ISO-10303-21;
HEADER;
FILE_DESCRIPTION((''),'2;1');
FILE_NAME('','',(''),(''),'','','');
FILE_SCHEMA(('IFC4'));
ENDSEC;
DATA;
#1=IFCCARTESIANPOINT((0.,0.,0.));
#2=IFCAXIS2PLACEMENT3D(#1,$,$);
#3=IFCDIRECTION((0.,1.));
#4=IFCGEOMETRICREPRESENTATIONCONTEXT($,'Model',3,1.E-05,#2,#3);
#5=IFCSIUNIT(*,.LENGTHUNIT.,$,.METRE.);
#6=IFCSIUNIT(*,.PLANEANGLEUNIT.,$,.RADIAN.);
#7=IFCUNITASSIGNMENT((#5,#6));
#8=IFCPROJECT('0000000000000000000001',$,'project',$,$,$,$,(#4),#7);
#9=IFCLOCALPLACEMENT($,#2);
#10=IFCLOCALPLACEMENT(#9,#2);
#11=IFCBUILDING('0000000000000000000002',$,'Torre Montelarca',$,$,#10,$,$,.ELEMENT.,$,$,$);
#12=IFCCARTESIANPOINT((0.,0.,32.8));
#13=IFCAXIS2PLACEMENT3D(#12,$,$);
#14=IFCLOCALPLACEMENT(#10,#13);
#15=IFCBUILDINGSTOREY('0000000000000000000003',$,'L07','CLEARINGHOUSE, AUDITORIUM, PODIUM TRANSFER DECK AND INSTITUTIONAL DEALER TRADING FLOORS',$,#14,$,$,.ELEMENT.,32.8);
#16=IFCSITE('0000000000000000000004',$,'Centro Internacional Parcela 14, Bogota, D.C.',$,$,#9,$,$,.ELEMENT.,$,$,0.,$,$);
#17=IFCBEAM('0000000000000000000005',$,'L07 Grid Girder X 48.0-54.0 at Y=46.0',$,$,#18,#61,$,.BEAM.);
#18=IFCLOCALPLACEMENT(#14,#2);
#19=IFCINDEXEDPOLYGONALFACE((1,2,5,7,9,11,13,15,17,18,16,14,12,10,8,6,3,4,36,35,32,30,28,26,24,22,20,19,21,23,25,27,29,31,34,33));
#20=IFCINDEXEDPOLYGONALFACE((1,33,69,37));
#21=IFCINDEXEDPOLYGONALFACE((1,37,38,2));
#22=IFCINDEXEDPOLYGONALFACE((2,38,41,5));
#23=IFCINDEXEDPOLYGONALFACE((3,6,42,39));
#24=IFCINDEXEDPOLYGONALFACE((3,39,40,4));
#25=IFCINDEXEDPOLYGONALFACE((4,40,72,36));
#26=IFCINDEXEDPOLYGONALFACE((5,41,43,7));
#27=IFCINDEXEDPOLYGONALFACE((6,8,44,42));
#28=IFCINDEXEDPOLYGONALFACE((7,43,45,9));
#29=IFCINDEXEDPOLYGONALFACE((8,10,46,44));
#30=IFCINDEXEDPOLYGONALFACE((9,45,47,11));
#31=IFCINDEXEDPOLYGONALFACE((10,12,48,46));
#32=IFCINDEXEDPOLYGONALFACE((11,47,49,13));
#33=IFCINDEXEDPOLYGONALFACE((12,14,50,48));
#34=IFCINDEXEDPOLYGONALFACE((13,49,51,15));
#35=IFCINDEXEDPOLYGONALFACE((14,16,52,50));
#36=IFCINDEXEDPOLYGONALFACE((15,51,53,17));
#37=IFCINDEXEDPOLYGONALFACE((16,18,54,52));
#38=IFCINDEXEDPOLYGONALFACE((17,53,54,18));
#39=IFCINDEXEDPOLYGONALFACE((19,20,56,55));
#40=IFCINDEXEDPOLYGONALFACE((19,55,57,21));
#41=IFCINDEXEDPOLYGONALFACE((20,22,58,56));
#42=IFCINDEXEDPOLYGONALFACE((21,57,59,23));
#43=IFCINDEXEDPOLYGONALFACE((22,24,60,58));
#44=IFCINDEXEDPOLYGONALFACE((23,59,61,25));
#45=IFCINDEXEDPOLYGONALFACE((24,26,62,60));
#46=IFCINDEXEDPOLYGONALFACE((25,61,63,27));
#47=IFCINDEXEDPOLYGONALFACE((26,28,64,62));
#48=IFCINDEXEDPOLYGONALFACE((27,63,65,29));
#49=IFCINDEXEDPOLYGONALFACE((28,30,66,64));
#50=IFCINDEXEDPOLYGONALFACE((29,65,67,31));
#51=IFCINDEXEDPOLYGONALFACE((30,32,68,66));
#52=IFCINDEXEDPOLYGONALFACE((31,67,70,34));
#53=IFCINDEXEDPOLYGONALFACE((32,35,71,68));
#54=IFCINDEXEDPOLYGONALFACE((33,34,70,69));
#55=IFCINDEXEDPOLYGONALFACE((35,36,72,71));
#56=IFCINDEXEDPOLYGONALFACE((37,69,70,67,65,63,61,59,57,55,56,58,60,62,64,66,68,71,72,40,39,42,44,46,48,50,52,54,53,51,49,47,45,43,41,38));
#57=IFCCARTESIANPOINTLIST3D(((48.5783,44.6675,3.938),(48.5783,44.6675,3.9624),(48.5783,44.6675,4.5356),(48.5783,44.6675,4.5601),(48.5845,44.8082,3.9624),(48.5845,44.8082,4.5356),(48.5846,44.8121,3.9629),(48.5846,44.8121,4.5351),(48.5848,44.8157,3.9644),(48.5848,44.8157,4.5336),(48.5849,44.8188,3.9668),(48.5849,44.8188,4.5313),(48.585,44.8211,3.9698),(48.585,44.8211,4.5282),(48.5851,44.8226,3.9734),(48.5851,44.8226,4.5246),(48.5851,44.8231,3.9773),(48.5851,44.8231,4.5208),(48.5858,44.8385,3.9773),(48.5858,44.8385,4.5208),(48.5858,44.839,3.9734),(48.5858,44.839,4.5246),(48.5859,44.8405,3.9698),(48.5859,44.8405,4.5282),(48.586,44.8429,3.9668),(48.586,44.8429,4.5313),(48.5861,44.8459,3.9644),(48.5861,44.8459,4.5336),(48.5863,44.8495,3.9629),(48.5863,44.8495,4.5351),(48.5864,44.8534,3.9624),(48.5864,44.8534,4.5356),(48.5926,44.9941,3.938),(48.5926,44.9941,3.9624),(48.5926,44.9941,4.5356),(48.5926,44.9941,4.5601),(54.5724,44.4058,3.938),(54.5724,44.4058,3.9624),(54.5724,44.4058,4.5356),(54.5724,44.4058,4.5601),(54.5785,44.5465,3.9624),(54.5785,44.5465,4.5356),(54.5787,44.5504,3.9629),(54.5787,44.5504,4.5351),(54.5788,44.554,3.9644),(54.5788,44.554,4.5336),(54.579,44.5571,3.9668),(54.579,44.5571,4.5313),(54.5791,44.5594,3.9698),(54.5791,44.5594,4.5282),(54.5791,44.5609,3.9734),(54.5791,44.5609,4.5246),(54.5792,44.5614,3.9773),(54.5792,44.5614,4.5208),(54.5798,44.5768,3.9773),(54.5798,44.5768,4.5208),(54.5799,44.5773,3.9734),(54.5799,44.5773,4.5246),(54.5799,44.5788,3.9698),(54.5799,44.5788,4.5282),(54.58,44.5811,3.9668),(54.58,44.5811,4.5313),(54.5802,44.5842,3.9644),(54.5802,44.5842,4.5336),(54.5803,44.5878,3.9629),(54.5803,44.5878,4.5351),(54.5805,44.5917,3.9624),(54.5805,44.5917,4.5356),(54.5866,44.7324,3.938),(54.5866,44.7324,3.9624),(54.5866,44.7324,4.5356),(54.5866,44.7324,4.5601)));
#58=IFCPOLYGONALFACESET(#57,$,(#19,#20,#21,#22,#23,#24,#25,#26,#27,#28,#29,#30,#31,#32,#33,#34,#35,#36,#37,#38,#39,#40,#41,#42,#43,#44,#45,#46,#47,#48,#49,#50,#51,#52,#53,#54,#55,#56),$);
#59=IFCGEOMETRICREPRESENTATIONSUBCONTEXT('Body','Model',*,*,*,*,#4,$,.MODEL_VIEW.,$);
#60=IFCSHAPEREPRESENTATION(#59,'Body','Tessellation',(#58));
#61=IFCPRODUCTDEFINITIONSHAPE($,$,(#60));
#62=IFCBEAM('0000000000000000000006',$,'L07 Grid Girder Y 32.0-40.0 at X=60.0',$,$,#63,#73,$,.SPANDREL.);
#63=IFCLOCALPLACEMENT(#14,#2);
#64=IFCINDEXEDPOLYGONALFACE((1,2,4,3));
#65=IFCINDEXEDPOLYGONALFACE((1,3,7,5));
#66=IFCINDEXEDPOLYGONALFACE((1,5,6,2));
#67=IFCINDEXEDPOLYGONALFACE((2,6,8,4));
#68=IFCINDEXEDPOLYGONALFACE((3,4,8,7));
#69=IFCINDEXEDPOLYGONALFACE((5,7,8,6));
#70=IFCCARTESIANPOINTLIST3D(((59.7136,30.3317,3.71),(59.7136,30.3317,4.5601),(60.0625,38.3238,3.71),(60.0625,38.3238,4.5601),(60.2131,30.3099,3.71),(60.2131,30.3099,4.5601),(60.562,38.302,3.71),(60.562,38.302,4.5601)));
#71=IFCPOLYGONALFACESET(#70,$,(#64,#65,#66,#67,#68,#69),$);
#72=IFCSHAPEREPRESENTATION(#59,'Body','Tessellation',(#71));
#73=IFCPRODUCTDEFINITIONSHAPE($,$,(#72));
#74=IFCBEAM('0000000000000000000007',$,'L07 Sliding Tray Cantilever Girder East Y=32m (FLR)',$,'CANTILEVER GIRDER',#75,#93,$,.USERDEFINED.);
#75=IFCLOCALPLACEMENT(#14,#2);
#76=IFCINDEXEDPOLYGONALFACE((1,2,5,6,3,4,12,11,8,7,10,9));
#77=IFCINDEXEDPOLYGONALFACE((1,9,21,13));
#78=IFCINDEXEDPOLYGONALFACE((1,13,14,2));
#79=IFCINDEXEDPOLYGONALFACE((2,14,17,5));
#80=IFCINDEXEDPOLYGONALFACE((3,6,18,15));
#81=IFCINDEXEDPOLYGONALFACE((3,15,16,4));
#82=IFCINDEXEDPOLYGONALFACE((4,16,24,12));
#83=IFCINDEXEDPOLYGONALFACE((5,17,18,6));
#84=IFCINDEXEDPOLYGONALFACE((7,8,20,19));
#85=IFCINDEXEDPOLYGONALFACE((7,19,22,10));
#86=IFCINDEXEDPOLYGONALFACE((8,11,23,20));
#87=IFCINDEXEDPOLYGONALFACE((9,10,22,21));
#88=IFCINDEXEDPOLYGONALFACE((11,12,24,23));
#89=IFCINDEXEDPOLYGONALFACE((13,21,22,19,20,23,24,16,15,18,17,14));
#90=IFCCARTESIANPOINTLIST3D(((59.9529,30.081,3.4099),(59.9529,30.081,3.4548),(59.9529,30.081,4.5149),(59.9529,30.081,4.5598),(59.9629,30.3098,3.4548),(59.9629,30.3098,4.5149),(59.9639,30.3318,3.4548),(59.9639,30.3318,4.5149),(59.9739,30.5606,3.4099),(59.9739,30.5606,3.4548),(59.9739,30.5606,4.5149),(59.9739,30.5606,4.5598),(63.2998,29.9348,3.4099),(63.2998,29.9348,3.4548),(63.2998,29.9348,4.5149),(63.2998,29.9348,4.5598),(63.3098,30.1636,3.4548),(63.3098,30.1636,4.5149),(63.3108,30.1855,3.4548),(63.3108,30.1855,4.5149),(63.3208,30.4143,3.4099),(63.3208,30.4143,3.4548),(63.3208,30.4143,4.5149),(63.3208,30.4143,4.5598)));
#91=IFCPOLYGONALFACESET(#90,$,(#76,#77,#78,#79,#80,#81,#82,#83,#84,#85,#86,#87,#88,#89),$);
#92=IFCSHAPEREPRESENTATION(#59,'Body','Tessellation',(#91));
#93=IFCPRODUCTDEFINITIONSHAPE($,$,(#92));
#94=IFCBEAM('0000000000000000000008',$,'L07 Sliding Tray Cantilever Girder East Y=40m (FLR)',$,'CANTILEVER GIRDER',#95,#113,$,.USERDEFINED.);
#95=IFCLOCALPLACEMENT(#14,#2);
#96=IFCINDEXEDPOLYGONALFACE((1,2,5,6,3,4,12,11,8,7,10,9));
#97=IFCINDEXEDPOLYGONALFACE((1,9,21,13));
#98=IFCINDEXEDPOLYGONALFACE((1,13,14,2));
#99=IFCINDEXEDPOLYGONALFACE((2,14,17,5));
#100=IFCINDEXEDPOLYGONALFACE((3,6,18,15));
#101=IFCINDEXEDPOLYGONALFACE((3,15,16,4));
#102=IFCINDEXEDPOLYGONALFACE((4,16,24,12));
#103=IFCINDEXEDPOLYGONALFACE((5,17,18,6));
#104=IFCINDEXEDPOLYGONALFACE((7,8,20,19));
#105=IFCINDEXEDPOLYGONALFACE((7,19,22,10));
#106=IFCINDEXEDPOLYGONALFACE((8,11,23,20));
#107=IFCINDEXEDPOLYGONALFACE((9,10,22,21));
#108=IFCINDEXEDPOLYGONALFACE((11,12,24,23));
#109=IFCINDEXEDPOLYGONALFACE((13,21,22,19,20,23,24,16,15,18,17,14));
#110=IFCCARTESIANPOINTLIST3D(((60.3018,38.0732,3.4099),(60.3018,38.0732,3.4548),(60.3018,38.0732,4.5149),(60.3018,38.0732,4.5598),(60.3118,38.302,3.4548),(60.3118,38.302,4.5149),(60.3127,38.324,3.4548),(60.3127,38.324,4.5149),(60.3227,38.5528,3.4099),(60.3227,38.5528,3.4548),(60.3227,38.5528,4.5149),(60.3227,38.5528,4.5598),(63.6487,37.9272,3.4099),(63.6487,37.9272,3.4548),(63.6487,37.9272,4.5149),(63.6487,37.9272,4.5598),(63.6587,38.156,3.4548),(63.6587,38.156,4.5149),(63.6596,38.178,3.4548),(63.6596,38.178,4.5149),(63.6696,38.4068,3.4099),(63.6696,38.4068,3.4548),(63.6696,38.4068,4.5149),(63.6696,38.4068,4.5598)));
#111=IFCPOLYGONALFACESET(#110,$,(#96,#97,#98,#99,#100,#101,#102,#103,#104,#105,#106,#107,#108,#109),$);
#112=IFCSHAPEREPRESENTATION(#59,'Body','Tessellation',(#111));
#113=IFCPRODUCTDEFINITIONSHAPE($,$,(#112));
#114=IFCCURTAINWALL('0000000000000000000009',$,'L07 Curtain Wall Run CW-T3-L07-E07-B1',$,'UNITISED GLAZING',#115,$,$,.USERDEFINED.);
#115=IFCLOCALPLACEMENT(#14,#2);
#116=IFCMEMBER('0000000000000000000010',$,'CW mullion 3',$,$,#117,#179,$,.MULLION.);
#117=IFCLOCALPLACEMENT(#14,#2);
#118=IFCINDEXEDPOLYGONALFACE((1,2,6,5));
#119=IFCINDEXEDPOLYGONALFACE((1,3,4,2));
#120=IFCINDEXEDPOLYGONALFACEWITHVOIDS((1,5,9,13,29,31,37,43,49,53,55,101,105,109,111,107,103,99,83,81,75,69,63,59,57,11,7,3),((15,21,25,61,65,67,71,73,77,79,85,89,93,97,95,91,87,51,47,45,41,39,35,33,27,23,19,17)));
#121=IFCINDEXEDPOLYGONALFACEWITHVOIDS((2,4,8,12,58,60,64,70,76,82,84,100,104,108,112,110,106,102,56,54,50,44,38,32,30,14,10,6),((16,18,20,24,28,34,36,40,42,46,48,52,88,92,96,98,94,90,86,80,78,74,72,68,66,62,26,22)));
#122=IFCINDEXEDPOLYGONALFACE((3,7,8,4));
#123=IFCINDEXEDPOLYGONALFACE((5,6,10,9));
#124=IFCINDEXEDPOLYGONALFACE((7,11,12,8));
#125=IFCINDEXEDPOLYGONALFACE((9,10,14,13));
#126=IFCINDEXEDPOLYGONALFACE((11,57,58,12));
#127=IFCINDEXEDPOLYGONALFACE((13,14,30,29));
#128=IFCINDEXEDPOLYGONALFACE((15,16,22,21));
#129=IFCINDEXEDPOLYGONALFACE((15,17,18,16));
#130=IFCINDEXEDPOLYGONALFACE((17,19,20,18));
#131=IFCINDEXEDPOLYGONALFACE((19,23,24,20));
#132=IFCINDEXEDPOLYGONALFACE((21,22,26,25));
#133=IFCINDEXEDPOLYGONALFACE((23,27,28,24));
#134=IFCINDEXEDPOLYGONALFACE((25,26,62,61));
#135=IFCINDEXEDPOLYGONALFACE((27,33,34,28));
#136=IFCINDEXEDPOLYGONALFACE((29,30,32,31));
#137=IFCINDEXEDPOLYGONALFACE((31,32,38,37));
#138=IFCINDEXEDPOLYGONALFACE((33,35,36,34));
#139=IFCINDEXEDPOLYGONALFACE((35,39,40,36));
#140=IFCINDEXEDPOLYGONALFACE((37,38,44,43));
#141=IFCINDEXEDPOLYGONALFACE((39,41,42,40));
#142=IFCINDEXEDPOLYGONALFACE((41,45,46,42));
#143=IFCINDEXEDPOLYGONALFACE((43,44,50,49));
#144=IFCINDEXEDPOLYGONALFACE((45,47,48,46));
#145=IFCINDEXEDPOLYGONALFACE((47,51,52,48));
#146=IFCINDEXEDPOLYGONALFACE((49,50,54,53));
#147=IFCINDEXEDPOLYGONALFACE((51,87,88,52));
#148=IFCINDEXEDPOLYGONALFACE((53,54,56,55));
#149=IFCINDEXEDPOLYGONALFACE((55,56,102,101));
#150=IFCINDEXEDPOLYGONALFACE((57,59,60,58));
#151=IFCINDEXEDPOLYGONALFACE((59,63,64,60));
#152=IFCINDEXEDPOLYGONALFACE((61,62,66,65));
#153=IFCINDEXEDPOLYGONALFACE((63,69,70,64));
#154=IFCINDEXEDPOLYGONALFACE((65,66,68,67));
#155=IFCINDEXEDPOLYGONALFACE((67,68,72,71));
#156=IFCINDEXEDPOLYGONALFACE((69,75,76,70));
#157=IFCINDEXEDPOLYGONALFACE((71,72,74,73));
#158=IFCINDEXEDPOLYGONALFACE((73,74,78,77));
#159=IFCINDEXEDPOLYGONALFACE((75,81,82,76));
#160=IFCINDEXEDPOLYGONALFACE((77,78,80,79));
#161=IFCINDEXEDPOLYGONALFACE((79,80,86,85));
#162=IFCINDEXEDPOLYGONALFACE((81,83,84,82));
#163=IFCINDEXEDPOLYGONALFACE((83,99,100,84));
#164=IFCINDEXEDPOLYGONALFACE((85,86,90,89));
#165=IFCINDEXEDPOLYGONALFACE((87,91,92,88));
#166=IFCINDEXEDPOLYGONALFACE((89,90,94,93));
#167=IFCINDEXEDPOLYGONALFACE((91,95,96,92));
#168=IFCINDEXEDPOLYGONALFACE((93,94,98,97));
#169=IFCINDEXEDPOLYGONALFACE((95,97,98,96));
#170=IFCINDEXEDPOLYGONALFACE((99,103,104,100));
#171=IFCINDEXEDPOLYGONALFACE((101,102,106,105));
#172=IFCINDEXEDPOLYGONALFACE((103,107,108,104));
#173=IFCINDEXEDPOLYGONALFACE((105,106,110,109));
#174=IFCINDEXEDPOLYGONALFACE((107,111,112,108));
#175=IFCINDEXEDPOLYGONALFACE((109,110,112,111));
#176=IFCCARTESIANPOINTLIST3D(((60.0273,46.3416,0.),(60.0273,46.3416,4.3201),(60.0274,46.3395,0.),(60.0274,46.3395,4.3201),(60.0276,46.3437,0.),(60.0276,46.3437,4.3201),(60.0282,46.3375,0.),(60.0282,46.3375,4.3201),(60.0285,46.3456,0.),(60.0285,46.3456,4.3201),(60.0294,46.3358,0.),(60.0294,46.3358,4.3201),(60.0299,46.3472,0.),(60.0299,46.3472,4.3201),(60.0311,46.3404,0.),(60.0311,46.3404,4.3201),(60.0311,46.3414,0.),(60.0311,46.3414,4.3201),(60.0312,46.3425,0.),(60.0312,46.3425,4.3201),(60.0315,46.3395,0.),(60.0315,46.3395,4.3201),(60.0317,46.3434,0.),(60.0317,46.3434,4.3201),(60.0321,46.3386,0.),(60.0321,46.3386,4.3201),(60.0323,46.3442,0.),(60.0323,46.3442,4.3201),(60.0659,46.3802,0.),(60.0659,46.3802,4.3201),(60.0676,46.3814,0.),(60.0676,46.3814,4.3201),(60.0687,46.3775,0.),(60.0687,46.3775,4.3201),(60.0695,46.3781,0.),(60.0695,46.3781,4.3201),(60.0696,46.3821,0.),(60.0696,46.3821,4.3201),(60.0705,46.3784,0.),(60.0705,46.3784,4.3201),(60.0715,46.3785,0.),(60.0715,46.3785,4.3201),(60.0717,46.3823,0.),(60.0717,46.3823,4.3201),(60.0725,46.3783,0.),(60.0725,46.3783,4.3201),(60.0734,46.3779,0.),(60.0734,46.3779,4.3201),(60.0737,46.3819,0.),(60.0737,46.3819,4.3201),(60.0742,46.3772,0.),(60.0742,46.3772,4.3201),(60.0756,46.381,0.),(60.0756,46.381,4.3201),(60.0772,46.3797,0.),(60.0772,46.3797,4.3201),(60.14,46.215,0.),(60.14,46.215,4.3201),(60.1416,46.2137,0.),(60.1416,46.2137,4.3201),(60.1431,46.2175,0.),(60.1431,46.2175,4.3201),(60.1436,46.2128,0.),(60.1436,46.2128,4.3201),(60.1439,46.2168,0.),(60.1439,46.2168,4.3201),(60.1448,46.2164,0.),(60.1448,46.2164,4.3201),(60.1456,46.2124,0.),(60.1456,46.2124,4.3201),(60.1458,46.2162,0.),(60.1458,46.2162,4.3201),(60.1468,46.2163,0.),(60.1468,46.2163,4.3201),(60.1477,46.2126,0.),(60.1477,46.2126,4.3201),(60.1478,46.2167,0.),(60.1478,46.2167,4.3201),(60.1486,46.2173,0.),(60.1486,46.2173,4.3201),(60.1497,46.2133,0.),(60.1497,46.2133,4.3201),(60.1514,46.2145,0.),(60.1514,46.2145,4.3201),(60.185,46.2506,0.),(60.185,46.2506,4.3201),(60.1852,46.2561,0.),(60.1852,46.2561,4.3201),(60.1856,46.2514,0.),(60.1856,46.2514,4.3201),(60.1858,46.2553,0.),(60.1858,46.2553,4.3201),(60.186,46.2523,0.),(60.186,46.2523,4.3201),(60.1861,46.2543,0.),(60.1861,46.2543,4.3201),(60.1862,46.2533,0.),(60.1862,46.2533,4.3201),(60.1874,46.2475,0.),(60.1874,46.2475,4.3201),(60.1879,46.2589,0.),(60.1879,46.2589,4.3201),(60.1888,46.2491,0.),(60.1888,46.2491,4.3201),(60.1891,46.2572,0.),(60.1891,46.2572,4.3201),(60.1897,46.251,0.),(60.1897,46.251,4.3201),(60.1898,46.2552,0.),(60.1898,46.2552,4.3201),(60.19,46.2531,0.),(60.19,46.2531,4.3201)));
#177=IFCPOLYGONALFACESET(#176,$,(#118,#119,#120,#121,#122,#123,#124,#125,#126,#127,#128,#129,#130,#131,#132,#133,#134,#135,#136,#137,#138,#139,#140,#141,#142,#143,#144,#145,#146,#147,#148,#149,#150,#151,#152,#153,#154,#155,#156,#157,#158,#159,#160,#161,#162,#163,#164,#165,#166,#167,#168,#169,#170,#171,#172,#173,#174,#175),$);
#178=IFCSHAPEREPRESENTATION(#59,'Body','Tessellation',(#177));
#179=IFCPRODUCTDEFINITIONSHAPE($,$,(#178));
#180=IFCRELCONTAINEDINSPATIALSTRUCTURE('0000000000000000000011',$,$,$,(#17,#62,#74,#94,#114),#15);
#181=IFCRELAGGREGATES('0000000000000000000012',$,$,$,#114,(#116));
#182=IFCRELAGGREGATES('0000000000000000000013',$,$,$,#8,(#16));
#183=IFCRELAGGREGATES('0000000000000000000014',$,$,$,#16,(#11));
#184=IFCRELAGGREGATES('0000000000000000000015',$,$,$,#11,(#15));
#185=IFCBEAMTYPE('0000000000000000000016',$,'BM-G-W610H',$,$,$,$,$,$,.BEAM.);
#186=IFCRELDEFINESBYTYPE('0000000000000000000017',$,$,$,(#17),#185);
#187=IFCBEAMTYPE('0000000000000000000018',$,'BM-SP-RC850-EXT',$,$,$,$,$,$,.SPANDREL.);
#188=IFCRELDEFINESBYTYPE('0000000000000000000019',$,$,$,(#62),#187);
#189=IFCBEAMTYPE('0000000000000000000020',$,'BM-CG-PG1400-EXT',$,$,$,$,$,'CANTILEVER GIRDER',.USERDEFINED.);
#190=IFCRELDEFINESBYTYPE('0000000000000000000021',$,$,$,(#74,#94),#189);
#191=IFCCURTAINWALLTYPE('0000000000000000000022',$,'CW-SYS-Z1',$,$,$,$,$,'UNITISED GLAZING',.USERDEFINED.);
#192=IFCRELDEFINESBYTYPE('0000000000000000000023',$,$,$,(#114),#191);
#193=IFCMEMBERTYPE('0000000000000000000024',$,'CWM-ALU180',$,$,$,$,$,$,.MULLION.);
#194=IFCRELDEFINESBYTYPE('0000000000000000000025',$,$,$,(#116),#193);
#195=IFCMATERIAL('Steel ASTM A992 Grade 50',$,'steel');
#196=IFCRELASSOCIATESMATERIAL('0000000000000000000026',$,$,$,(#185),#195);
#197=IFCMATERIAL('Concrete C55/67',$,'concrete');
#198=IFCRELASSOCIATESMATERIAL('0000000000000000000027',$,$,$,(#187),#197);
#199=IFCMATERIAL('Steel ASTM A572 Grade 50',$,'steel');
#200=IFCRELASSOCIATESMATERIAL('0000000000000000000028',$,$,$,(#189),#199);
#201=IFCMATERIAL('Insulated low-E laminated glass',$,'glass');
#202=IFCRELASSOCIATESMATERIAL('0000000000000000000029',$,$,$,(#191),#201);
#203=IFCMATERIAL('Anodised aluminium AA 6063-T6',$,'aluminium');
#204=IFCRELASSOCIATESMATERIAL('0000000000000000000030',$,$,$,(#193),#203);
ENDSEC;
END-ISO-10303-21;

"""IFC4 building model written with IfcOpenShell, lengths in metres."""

from ifc_helpers import new_model, si_unit, direction, frame, origin, origin_2d, place, context, subcontext, project, spatial, rectangle, hollow_rectangle, i_section, extrude, source, transform, mapped, material, material_profile, profile_set, type_object, element, aggregate, save


model = new_model("IFC4")

# Units and contexts
model_context = context("Model", 3, precision=1e-05, world=origin(), true_north=direction((0.0, 1.0)))
body_context = subcontext(model_context, "Body", "Model", "MODEL_VIEW")
ifc_project = project(units=[si_unit("LENGTHUNIT", "METRE"), si_unit("PLANEANGLEUNIT", "RADIAN")], contexts=[model_context])

# Site, building, storey
site_placement = place(None, origin())
site = spatial("IfcSite", under=ifc_project, at=site_placement, Name="Centro Internacional Parcela 14, Bogota, D.C.", CompositionType="ELEMENT", RefElevation=0.0)
building_placement = place(site_placement, origin())
building = spatial("IfcBuilding", under=site, at=building_placement, Name="Torre Montelarca", CompositionType="ELEMENT")
storey_placement = place(building_placement, frame((0.0, 0.0, 32.8)))
storey = spatial("IfcBuildingStorey", under=building, at=storey_placement, Name="L07", Description="CLEARINGHOUSE, AUDITORIUM, PODIUM TRANSFER DECK AND INSTITUTIONAL DEALER TRADING FLOORS", CompositionType="ELEMENT", Elevation=32.8)

# Shared definitions
ifc_material_1 = material(Name="Steel ASTM A992 Grade 50", Category="steel")

# Beams
ifc_material_profile_1 = material_profile(ifc_material_1, i_section(OverallWidth=0.3269, OverallDepth=0.6221, WebThickness=0.0154, FlangeThickness=0.0244, FilletRadius=0.0149, at=origin_2d()), Name="W610X195", Category="steel")
ifc_profile_set_1 = profile_set([ifc_material_profile_1], Name="Steel ASTM A992 Grade 50")
beam_type_1 = type_object("IfcBeamType", Name="BM-G-W610H", PredefinedType="BEAM", material=ifc_profile_set_1)
shared_shape_1 = source(origin(), body_context, "Body", "SweptSolid", [
    extrude(i_section(OverallWidth=0.3269, OverallDepth=0.6221, WebThickness=0.0154, FlangeThickness=0.0244, FilletRadius=0.0149, at=origin_2d()), origin(), (0.0, 0.0, 1.0), 5.9998),
])
for number, where, z_axis, x_axis, name in (
    (1, (48.5854, 44.8308, 4.249), (0.999048, -0.043621, 0.0), (0.043621, 0.999048, 0.0), "L07 Grid Girder X 48.0-54.0 at Y=46.0"),
):
    element("IfcBeam", number, at=place(storey_placement, frame(where, z_axis=z_axis, x_axis=x_axis)), inside=storey, type_object=beam_type_1, Name=name, PredefinedType="BEAM", context=body_context, shape_type="MappedRepresentation", body=[
        mapped(shared_shape_1, transform((0.0, 0.0, 0.0), scale=1.0)),
    ])
ifc_material_2 = material(Name="Concrete C55/67", Category="concrete")
ifc_material_profile_2 = material_profile(ifc_material_2, rectangle(XDim=0.5, YDim=0.8501, at=origin_2d()), Name="RCB500X850", Category="concrete")
ifc_profile_set_2 = profile_set([ifc_material_profile_2], Name="Concrete C55/67")
beam_type_2 = type_object("IfcBeamType", Name="BM-SP-RC850-EXT", PredefinedType="SPANDREL", material=ifc_profile_set_2)
shared_shape_2 = source(origin(), body_context, "Body", "SweptSolid", [
    extrude(rectangle(XDim=0.5, YDim=0.8501, at=origin_2d()), origin(), (0.0, 0.0, 1.0), 7.9998),
])
beam_placement = place(storey_placement, frame((59.9634, 30.3208, 4.135), z_axis=(0.043611, 0.999049, 0.0), x_axis=(-0.999049, 0.043611, 0.0)))
element("IfcBeam", 2, at=beam_placement, inside=storey, type_object=beam_type_2, Name="L07 Grid Girder Y 32.0-40.0 at X=60.0", PredefinedType="SPANDREL", context=body_context, shape_type="MappedRepresentation", body=[
    mapped(shared_shape_2, transform((0.0, 0.0, 0.0), scale=1.0)),
])
ifc_material_3 = material(Name="Steel ASTM A572 Grade 50", Category="steel")
ifc_material_profile_3 = material_profile(ifc_material_3, i_section(OverallWidth=0.48, OverallDepth=1.1499, WebThickness=0.022, FlangeThickness=0.0449, at=origin_2d()), Name="PG1150X480X22X45", Category="steel")
ifc_profile_set_3 = profile_set([ifc_material_profile_3], Name="Steel ASTM A572 Grade 50")
beam_type_3 = type_object("IfcBeamType", Name="BM-CG-PG1400-EXT", ElementType="CANTILEVER GIRDER", PredefinedType="USERDEFINED", material=ifc_profile_set_3)
shared_shape_3 = source(origin(), body_context, "Body", "SweptSolid", [
    extrude(i_section(OverallWidth=0.48, OverallDepth=1.1499, WebThickness=0.022, FlangeThickness=0.0449, at=origin_2d()), origin(), (0.0, 0.0, 1.0), 3.3501),
])
for number, where, z_axis, x_axis, name in (
    (3, (59.9634, 30.3208, 3.9849), (0.999047, -0.043652, 0.0), (0.043652, 0.999047, 0.0), "L07 Sliding Tray Cantilever Girder East Y=32m (FLR)"),
    (4, (60.3123, 38.313, 3.9849), (0.99905, -0.04358, 0.0), (0.04358, 0.99905, 0.0), "L07 Sliding Tray Cantilever Girder East Y=40m (FLR)"),
):
    element("IfcBeam", number, at=place(storey_placement, frame(where, z_axis=z_axis, x_axis=x_axis)), inside=storey, type_object=beam_type_3, Name=name, ObjectType="CANTILEVER GIRDER", PredefinedType="USERDEFINED", context=body_context, shape_type="MappedRepresentation", body=[
        mapped(shared_shape_3, transform((0.0, 0.0, 0.0), scale=1.0)),
    ])

# Curtain wall, member
ifc_material_4 = material(Name="Insulated low-E laminated glass", Category="glass")
curtain_wall_type = type_object("IfcCurtainWallType", Name="CW-SYS-Z1", ElementType="UNITISED GLAZING", PredefinedType="USERDEFINED", material=ifc_material_4)
curtain_wall_1_placement = place(storey_placement, origin())
curtain_wall_1 = element("IfcCurtainWall", 5, at=curtain_wall_1_placement, inside=storey, type_object=curtain_wall_type, Name="L07 Curtain Wall Run CW-T3-L07-E07-B1", ObjectType="UNITISED GLAZING", PredefinedType="USERDEFINED")
ifc_material_5 = material(Name="Anodised aluminium AA 6063-T6", Category="aluminium")
ifc_material_profile_4 = material_profile(ifc_material_5, hollow_rectangle(XDim=0.0649, YDim=0.1799, WallThickness=0.0039, InnerFilletRadius=0.0039, OuterFilletRadius=0.0081, at=origin_2d()), Name="ALU65X180X4", Category="aluminium")
ifc_profile_set_4 = profile_set([ifc_material_profile_4], Name="Anodised aluminium AA 6063-T6")
member_type_1 = type_object("IfcMemberType", Name="CWM-ALU180", PredefinedType="MULLION", material=ifc_profile_set_4)
shared_shape_4 = source(origin(), body_context, "Body", "SweptSolid", [
    extrude(hollow_rectangle(XDim=0.0649, YDim=0.1799, WallThickness=0.0039, InnerFilletRadius=0.0039, OuterFilletRadius=0.0081, at=origin_2d()), origin(), (0.0, 0.0, 1.0), 4.3201),
])
member_1_placement = place(storey_placement, frame((60.1086, 46.2974, 0.0), z_axis=(0.0, 0.0, 1.0), x_axis=(-0.737292, -0.675574, 0.0)))
member_1 = element("IfcMember", 6, at=member_1_placement, type_object=member_type_1, Name="CW mullion 3", PredefinedType="MULLION", context=body_context, shape_type="MappedRepresentation", body=[
    mapped(shared_shape_4, transform((0.0, 0.0, 0.0), scale=1.0)),
])
aggregate(curtain_wall_1, [member_1])

save(model, "model.ifc")
